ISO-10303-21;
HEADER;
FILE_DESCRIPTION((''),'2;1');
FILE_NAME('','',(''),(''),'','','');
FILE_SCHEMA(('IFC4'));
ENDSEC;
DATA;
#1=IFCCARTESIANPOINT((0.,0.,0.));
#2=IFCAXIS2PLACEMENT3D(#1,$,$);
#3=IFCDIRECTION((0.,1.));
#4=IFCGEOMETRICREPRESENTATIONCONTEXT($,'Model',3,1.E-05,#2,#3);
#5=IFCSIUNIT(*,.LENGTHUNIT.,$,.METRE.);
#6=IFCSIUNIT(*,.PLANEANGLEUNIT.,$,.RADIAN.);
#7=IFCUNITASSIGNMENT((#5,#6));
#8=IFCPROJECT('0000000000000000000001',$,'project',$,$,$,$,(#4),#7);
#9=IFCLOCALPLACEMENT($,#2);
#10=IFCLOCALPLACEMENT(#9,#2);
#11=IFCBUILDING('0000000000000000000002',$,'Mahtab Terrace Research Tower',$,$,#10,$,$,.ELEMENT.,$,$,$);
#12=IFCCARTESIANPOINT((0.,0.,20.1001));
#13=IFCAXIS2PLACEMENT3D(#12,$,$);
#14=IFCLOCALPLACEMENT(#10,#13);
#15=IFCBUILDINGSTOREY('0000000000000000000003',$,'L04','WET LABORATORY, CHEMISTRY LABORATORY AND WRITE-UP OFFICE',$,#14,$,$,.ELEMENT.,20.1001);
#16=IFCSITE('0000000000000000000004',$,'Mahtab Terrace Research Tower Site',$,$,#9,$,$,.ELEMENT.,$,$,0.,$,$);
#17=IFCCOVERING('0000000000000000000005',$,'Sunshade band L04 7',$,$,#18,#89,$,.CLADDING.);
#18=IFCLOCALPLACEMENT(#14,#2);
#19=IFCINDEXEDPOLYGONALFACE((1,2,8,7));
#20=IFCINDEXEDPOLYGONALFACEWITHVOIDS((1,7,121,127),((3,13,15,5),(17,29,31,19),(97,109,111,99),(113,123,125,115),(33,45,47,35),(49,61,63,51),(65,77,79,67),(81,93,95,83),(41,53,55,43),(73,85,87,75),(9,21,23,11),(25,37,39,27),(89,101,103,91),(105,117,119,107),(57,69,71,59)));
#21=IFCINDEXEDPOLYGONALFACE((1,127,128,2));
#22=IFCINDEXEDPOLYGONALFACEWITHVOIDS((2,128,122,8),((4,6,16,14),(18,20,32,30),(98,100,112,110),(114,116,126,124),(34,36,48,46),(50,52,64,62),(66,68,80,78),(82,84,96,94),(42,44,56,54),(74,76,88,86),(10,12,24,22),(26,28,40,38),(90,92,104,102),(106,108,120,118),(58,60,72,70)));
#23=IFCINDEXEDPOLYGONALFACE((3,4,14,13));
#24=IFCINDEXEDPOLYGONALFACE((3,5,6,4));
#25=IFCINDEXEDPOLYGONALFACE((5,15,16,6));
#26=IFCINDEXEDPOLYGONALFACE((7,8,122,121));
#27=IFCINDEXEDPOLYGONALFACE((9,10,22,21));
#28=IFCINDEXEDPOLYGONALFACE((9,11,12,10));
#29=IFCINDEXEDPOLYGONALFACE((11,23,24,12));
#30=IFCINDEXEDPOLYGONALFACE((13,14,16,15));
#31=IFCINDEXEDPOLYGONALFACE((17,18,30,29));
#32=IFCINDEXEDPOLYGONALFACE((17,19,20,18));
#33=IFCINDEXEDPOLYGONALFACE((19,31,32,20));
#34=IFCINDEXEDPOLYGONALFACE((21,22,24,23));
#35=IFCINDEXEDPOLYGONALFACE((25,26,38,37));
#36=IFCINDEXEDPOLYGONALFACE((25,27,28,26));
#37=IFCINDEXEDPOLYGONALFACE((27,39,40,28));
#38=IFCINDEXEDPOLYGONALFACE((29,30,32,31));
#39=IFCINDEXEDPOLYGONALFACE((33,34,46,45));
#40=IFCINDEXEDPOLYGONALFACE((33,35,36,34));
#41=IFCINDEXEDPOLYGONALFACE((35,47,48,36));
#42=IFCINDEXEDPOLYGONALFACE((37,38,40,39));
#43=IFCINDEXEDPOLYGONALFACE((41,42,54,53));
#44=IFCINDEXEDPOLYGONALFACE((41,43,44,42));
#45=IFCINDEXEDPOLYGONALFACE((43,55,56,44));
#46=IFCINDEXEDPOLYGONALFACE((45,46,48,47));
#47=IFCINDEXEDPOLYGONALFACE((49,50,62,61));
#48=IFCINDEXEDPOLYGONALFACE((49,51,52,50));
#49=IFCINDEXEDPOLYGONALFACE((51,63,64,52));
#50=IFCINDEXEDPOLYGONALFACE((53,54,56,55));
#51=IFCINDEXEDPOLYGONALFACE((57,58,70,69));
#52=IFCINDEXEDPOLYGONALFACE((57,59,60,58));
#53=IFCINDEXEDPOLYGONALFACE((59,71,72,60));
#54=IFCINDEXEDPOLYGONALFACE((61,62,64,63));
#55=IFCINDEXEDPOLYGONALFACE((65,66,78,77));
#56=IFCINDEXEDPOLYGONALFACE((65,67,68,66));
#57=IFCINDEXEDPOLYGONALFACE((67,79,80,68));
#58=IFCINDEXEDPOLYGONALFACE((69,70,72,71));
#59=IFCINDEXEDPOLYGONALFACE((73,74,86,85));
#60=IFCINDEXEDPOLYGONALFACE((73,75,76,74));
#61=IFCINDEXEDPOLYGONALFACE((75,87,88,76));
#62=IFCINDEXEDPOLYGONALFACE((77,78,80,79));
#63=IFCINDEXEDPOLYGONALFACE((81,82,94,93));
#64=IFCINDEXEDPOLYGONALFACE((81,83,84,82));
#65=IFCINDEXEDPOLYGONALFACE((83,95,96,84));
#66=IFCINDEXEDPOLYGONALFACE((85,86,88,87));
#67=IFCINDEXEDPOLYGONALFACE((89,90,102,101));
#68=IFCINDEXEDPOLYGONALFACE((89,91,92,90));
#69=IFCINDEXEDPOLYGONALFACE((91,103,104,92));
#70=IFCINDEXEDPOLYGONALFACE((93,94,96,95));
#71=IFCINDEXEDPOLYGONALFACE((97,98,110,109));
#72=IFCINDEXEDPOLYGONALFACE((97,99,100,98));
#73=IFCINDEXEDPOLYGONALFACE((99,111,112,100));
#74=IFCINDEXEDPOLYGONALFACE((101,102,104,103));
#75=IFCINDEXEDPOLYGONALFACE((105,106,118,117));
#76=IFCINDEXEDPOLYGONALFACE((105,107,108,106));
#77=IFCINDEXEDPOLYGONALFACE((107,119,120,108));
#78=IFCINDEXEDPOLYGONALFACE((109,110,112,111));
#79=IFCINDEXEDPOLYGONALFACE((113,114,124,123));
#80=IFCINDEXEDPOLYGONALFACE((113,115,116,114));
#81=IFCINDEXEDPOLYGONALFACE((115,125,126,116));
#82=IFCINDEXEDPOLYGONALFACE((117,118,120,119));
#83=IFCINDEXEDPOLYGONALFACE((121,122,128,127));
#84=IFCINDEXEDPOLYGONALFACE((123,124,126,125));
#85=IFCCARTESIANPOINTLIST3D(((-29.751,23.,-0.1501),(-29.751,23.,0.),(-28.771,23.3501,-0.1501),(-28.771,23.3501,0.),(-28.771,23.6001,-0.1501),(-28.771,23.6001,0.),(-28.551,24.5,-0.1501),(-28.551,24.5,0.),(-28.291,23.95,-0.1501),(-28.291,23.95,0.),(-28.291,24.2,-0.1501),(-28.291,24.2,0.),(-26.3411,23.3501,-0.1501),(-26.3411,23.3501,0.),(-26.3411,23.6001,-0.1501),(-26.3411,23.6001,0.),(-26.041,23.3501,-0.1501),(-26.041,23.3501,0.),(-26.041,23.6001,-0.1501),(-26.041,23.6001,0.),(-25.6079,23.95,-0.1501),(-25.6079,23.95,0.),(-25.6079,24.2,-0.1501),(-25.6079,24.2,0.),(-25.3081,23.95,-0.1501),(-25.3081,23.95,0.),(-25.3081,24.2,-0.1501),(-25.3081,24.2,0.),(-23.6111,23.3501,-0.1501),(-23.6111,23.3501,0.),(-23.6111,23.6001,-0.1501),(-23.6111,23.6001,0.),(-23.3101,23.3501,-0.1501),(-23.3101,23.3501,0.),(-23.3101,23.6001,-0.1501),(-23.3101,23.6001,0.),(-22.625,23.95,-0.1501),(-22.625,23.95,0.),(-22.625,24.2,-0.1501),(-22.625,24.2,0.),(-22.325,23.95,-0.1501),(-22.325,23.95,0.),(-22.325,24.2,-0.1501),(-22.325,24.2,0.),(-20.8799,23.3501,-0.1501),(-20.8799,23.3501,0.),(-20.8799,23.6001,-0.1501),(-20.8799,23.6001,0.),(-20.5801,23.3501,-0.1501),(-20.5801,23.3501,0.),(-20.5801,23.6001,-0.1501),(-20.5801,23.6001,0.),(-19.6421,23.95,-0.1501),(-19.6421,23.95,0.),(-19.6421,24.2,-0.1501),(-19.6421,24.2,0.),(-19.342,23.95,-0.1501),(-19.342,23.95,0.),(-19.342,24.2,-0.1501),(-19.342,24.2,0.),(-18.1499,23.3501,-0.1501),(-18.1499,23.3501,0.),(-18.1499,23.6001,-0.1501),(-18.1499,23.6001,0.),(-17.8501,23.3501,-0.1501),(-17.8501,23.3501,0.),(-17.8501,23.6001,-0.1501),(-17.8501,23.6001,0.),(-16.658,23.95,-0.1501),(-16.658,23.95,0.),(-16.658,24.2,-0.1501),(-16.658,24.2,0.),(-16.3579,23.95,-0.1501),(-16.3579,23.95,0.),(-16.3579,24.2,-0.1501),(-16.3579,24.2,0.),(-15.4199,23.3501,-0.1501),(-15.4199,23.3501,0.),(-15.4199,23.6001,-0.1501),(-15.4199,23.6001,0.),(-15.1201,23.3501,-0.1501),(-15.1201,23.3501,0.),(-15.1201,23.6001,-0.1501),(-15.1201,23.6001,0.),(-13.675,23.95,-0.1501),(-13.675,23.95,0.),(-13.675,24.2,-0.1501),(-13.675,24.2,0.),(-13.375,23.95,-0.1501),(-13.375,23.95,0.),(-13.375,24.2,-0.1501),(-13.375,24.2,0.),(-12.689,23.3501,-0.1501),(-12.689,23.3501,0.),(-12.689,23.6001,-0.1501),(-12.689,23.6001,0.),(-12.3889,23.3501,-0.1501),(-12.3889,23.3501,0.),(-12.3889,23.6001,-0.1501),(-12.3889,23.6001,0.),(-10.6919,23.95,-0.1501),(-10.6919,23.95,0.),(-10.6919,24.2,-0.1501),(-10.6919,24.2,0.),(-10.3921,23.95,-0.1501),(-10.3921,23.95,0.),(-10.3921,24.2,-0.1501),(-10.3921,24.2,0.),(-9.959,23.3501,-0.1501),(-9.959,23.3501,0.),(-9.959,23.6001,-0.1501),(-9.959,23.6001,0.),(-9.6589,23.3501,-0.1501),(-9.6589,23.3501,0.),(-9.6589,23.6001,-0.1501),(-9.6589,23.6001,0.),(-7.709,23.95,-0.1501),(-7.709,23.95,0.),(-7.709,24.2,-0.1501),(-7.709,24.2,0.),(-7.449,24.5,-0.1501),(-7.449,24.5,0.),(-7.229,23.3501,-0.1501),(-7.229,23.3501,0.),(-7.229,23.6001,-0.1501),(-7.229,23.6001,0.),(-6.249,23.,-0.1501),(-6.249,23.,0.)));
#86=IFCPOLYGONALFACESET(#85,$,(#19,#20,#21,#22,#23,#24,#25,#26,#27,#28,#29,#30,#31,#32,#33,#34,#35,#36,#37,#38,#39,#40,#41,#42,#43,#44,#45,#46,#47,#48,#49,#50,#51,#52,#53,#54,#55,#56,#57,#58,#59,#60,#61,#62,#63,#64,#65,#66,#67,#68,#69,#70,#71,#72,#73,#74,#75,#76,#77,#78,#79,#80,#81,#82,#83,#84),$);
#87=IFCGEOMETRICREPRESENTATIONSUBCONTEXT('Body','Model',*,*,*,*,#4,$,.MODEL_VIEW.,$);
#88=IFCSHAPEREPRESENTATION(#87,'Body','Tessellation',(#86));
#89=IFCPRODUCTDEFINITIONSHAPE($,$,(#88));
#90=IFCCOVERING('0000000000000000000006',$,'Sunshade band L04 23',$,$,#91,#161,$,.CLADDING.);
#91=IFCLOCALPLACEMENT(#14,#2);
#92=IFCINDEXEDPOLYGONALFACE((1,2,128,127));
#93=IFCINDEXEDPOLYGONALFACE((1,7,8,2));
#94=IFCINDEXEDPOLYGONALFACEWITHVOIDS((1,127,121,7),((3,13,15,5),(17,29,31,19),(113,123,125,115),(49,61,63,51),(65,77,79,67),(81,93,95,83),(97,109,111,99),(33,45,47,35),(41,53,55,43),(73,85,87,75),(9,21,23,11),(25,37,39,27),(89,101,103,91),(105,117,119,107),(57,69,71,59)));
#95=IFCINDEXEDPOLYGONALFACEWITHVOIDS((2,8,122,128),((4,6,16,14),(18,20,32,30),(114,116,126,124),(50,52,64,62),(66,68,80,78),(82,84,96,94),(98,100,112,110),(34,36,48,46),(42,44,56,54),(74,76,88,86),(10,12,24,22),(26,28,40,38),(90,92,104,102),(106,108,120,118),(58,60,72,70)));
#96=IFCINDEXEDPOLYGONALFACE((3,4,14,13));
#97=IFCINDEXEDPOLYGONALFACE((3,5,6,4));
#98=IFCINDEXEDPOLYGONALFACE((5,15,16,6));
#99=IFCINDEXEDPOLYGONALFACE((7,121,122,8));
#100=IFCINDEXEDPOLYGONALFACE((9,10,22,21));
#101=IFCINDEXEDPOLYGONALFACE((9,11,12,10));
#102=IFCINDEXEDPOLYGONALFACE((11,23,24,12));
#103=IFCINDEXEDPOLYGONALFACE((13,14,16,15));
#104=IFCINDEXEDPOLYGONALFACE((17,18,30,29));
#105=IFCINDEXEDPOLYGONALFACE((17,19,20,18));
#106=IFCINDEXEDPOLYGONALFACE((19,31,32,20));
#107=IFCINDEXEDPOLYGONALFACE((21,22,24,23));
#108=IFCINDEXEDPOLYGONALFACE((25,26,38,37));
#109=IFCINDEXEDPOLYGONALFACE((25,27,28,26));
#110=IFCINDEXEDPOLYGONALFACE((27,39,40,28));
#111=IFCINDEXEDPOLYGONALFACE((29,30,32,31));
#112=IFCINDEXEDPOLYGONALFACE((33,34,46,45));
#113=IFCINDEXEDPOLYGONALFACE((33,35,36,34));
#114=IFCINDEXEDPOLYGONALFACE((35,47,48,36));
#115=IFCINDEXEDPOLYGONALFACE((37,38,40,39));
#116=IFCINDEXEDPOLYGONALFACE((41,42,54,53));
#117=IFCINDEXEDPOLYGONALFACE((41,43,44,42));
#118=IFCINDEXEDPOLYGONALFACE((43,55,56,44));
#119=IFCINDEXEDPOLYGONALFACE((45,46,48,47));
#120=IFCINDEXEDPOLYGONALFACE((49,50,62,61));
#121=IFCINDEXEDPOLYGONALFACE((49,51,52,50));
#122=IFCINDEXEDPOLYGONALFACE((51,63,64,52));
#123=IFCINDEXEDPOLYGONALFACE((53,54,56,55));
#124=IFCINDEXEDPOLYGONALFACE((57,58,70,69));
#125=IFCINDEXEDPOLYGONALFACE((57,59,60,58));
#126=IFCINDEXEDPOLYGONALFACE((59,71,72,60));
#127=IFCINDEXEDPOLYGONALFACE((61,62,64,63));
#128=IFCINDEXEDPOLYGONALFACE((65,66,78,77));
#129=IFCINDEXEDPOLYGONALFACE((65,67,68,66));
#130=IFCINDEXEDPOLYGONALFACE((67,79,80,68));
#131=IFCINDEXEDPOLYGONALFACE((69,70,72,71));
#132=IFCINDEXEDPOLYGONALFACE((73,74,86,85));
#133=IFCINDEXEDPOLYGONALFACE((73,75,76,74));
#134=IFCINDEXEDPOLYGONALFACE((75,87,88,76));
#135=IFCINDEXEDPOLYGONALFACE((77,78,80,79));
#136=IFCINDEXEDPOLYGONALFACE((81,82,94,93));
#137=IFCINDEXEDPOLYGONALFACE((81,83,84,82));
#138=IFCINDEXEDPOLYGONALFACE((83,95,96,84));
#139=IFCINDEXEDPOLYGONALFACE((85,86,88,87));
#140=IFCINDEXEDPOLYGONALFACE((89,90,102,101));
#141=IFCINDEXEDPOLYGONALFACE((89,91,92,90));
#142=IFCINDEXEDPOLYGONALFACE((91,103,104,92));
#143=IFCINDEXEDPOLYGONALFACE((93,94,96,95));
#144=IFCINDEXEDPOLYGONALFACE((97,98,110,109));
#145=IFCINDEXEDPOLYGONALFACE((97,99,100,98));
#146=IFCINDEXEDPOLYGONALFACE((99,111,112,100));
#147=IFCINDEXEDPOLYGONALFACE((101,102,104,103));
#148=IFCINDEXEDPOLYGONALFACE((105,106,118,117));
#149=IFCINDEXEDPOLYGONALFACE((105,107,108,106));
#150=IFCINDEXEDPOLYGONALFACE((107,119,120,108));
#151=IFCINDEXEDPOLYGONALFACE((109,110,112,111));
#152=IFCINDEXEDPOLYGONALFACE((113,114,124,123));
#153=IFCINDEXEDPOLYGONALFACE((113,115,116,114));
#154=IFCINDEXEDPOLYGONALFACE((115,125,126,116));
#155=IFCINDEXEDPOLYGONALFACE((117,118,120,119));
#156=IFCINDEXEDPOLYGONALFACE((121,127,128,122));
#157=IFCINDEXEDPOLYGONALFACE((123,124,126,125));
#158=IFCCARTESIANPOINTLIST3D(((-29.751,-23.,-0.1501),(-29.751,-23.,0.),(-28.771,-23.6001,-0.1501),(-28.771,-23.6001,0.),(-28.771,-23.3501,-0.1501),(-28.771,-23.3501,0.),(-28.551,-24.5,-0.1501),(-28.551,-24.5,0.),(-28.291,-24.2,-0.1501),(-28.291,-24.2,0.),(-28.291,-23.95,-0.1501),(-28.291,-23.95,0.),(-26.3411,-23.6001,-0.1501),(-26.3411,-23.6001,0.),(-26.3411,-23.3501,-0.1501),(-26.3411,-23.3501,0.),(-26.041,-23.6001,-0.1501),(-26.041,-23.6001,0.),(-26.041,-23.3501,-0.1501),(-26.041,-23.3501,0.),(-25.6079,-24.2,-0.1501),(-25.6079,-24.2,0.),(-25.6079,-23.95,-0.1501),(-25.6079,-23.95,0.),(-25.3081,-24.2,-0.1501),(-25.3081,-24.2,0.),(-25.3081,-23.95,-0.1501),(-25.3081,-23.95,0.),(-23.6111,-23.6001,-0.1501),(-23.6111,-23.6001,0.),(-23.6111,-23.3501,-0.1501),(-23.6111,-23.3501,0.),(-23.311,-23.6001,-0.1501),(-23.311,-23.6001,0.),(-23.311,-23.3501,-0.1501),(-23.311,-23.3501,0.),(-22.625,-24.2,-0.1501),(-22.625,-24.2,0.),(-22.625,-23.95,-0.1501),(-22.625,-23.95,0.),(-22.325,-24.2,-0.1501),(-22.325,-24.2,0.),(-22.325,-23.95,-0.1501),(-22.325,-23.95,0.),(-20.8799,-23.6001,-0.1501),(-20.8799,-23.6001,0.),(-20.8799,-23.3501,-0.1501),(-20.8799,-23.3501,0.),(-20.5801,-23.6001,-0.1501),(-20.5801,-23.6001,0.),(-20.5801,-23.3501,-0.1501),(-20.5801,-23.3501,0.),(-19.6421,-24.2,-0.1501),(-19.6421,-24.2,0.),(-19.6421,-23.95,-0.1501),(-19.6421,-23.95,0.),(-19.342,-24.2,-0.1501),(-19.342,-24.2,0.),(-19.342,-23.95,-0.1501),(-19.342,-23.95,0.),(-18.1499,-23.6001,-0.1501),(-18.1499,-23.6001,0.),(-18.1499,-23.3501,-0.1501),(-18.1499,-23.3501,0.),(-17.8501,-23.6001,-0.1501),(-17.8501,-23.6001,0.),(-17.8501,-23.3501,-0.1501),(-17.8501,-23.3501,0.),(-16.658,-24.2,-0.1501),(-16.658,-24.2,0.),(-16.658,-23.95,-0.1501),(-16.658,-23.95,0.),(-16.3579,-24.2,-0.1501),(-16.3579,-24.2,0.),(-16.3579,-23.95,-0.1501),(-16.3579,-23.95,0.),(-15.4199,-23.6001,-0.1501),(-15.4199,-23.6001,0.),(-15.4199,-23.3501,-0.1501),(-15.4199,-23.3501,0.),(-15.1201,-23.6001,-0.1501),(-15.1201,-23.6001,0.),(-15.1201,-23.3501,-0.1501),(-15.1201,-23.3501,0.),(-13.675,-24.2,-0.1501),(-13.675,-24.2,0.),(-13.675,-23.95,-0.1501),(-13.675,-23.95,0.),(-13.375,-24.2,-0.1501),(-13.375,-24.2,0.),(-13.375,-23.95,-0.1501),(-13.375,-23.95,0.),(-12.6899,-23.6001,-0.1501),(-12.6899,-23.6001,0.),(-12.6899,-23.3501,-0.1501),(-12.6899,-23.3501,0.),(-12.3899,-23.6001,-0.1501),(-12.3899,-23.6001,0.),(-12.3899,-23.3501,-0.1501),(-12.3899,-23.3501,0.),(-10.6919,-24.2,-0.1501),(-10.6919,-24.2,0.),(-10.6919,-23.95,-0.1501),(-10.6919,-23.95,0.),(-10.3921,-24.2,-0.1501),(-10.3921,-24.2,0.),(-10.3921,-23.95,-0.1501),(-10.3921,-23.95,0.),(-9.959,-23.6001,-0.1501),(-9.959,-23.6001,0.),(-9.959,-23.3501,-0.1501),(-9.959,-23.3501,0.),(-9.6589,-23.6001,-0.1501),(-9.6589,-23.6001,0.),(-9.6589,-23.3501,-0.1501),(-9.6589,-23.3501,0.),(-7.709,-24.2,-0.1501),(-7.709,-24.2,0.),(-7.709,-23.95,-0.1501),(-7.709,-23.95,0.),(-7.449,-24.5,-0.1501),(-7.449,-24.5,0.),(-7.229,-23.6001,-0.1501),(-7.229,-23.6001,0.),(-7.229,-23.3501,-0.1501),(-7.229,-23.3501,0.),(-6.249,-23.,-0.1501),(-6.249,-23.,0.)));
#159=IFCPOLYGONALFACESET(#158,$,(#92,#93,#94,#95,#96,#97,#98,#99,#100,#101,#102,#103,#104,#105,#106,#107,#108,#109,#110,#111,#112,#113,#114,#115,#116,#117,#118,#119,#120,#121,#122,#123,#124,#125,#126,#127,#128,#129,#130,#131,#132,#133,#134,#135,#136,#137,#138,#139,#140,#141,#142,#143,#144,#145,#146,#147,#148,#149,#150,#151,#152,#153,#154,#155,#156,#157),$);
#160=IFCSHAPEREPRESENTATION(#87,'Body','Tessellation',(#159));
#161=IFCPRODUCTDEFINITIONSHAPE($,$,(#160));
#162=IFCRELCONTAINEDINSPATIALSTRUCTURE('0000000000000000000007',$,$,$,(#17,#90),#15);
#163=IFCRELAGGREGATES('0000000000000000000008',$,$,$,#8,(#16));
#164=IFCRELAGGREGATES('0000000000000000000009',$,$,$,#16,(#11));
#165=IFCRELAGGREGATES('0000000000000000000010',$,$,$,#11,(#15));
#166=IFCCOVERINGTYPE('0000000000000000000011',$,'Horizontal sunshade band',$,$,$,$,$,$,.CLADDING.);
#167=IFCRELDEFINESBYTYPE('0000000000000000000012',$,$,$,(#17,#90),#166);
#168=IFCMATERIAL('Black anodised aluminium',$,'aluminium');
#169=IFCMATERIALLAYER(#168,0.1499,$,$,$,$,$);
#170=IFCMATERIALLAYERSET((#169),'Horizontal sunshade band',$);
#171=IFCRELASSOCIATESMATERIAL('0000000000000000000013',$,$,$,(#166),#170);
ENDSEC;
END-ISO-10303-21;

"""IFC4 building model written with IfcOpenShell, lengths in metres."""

from ifc_helpers import new_model, si_unit, direction, frame, origin, place, context, subcontext, project, spatial, polyline, outline, extrude, material, layer, layer_set, type_object, element, save


model = new_model("IFC4")

# Units and contexts
model_context = context("Model", 3, precision=1e-05, world=origin(), true_north=direction((0.0, 1.0)))
body_context = subcontext(model_context, "Body", "Model", "MODEL_VIEW")
ifc_project = project(units=[si_unit("LENGTHUNIT", "METRE"), si_unit("PLANEANGLEUNIT", "RADIAN")], contexts=[model_context])

# Site, building, storey
site_placement = place(None, origin())
site = spatial("IfcSite", under=ifc_project, at=site_placement, Name="Mahtab Terrace Research Tower Site", CompositionType="ELEMENT", RefElevation=0.0)
building_placement = place(site_placement, origin())
building = spatial("IfcBuilding", under=site, at=building_placement, Name="Mahtab Terrace Research Tower", CompositionType="ELEMENT")
storey_placement = place(building_placement, frame((0.0, 0.0, 20.1001)))
storey = spatial("IfcBuildingStorey", under=building, at=storey_placement, Name="L04", Description="WET LABORATORY, CHEMISTRY LABORATORY AND WRITE-UP OFFICE", CompositionType="ELEMENT", Elevation=20.1001)

# Coverings
ifc_material_1 = material(Name="Black anodised aluminium", Category="aluminium")
ifc_layer_1 = layer(ifc_material_1, 0.1499)
ifc_layer_set_1 = layer_set([ifc_layer_1], Name="Horizontal sunshade band")
covering_type = type_object("IfcCoveringType", Name="Horizontal sunshade band", PredefinedType="CLADDING", material=ifc_layer_set_1)
covering_1_placement = place(storey_placement, frame((0.0, 0.0, -0.1501)))
element("IfcCovering", 1, at=covering_1_placement, inside=storey, type_object=covering_type, Name="Sunshade band L04 7", PredefinedType="CLADDING", context=body_context, shape_type="SweptSolid", body=[
    extrude(outline(polyline([(-6.249, 23.0), (-29.751, 23.0), (-28.551, 24.5), (-7.449, 24.5), (-6.249, 23.0)]), holes=[polyline([(-7.229, 23.3501), (-9.6589, 23.3501), (-9.6589, 23.6001), (-7.229, 23.6001), (-7.229, 23.3501)]), polyline([(-9.959, 23.3501), (-12.3889, 23.3501), (-12.3889, 23.6001), (-9.959, 23.6001), (-9.959, 23.3501)]), polyline([(-12.689, 23.3501), (-15.1201, 23.3501), (-15.1201, 23.6001), (-12.689, 23.6001), (-12.689, 23.3501)]), polyline([(-15.4199, 23.3501), (-17.8501, 23.3501), (-17.8501, 23.6001), (-15.4199, 23.6001), (-15.4199, 23.3501)]), polyline([(-18.1499, 23.3501), (-20.5801, 23.3501), (-20.5801, 23.6001), (-18.1499, 23.6001), (-18.1499, 23.3501)]), polyline([(-20.8799, 23.3501), (-23.3101, 23.3501), (-23.3101, 23.6001), (-20.8799, 23.6001), (-20.8799, 23.3501)]), polyline([(-23.6111, 23.3501), (-26.041, 23.3501), (-26.041, 23.6001), (-23.6111, 23.6001), (-23.6111, 23.3501)]), polyline([(-26.3411, 23.3501), (-28.771, 23.3501), (-28.771, 23.6001), (-26.3411, 23.6001), (-26.3411, 23.3501)]), polyline([(-7.709, 23.95), (-10.3921, 23.95), (-10.3921, 24.2), (-7.709, 24.2), (-7.709, 23.95)]), polyline([(-10.6919, 23.95), (-13.375, 23.95), (-13.375, 24.2), (-10.6919, 24.2), (-10.6919, 23.95)]), polyline([(-13.675, 23.95), (-16.3579, 23.95), (-16.3579, 24.2), (-13.675, 24.2), (-13.675, 23.95)]), polyline([(-16.658, 23.95), (-19.342, 23.95), (-19.342, 24.2), (-16.658, 24.2), (-16.658, 23.95)]), polyline([(-19.6421, 23.95), (-22.325, 23.95), (-22.325, 24.2), (-19.6421, 24.2), (-19.6421, 23.95)]), polyline([(-22.625, 23.95), (-25.3081, 23.95), (-25.3081, 24.2), (-22.625, 24.2), (-22.625, 23.95)]), polyline([(-25.6079, 23.95), (-28.291, 23.95), (-28.291, 24.2), (-25.6079, 24.2), (-25.6079, 23.95)])]), origin(), (0.0, 0.0, 1.0), 0.1501),
])
covering_2_placement = place(storey_placement, frame((0.0, 0.0, -0.1501)))
element("IfcCovering", 2, at=covering_2_placement, inside=storey, type_object=covering_type, Name="Sunshade band L04 23", PredefinedType="CLADDING", context=body_context, shape_type="SweptSolid", body=[
    extrude(outline(polyline([(-29.751, -23.0), (-6.249, -23.0), (-7.449, -24.5), (-28.551, -24.5), (-29.751, -23.0)]), holes=[polyline([(-28.771, -23.3501), (-26.3411, -23.3501), (-26.3411, -23.6001), (-28.771, -23.6001), (-28.771, -23.3501)]), polyline([(-26.041, -23.3501), (-23.6111, -23.3501), (-23.6111, -23.6001), (-26.041, -23.6001), (-26.041, -23.3501)]), polyline([(-23.311, -23.3501), (-20.8799, -23.3501), (-20.8799, -23.6001), (-23.311, -23.6001), (-23.311, -23.3501)]), polyline([(-20.5801, -23.3501), (-18.1499, -23.3501), (-18.1499, -23.6001), (-20.5801, -23.6001), (-20.5801, -23.3501)]), polyline([(-17.8501, -23.3501), (-15.4199, -23.3501), (-15.4199, -23.6001), (-17.8501, -23.6001), (-17.8501, -23.3501)]), polyline([(-15.1201, -23.3501), (-12.6899, -23.3501), (-12.6899, -23.6001), (-15.1201, -23.6001), (-15.1201, -23.3501)]), polyline([(-12.3899, -23.3501), (-9.959, -23.3501), (-9.959, -23.6001), (-12.3899, -23.6001), (-12.3899, -23.3501)]), polyline([(-9.6589, -23.3501), (-7.229, -23.3501), (-7.229, -23.6001), (-9.6589, -23.6001), (-9.6589, -23.3501)]), polyline([(-28.291, -23.95), (-25.6079, -23.95), (-25.6079, -24.2), (-28.291, -24.2), (-28.291, -23.95)]), polyline([(-25.3081, -23.95), (-22.625, -23.95), (-22.625, -24.2), (-25.3081, -24.2), (-25.3081, -23.95)]), polyline([(-22.325, -23.95), (-19.6421, -23.95), (-19.6421, -24.2), (-22.325, -24.2), (-22.325, -23.95)]), polyline([(-19.342, -23.95), (-16.658, -23.95), (-16.658, -24.2), (-19.342, -24.2), (-19.342, -23.95)]), polyline([(-16.3579, -23.95), (-13.675, -23.95), (-13.675, -24.2), (-16.3579, -24.2), (-16.3579, -23.95)]), polyline([(-13.375, -23.95), (-10.6919, -23.95), (-10.6919, -24.2), (-13.375, -24.2), (-13.375, -23.95)]), polyline([(-10.3921, -23.95), (-7.709, -23.95), (-7.709, -24.2), (-10.3921, -24.2), (-10.3921, -23.95)])]), origin(), (0.0, 0.0, 1.0), 0.1501),
])

save(model, "model.ifc")
